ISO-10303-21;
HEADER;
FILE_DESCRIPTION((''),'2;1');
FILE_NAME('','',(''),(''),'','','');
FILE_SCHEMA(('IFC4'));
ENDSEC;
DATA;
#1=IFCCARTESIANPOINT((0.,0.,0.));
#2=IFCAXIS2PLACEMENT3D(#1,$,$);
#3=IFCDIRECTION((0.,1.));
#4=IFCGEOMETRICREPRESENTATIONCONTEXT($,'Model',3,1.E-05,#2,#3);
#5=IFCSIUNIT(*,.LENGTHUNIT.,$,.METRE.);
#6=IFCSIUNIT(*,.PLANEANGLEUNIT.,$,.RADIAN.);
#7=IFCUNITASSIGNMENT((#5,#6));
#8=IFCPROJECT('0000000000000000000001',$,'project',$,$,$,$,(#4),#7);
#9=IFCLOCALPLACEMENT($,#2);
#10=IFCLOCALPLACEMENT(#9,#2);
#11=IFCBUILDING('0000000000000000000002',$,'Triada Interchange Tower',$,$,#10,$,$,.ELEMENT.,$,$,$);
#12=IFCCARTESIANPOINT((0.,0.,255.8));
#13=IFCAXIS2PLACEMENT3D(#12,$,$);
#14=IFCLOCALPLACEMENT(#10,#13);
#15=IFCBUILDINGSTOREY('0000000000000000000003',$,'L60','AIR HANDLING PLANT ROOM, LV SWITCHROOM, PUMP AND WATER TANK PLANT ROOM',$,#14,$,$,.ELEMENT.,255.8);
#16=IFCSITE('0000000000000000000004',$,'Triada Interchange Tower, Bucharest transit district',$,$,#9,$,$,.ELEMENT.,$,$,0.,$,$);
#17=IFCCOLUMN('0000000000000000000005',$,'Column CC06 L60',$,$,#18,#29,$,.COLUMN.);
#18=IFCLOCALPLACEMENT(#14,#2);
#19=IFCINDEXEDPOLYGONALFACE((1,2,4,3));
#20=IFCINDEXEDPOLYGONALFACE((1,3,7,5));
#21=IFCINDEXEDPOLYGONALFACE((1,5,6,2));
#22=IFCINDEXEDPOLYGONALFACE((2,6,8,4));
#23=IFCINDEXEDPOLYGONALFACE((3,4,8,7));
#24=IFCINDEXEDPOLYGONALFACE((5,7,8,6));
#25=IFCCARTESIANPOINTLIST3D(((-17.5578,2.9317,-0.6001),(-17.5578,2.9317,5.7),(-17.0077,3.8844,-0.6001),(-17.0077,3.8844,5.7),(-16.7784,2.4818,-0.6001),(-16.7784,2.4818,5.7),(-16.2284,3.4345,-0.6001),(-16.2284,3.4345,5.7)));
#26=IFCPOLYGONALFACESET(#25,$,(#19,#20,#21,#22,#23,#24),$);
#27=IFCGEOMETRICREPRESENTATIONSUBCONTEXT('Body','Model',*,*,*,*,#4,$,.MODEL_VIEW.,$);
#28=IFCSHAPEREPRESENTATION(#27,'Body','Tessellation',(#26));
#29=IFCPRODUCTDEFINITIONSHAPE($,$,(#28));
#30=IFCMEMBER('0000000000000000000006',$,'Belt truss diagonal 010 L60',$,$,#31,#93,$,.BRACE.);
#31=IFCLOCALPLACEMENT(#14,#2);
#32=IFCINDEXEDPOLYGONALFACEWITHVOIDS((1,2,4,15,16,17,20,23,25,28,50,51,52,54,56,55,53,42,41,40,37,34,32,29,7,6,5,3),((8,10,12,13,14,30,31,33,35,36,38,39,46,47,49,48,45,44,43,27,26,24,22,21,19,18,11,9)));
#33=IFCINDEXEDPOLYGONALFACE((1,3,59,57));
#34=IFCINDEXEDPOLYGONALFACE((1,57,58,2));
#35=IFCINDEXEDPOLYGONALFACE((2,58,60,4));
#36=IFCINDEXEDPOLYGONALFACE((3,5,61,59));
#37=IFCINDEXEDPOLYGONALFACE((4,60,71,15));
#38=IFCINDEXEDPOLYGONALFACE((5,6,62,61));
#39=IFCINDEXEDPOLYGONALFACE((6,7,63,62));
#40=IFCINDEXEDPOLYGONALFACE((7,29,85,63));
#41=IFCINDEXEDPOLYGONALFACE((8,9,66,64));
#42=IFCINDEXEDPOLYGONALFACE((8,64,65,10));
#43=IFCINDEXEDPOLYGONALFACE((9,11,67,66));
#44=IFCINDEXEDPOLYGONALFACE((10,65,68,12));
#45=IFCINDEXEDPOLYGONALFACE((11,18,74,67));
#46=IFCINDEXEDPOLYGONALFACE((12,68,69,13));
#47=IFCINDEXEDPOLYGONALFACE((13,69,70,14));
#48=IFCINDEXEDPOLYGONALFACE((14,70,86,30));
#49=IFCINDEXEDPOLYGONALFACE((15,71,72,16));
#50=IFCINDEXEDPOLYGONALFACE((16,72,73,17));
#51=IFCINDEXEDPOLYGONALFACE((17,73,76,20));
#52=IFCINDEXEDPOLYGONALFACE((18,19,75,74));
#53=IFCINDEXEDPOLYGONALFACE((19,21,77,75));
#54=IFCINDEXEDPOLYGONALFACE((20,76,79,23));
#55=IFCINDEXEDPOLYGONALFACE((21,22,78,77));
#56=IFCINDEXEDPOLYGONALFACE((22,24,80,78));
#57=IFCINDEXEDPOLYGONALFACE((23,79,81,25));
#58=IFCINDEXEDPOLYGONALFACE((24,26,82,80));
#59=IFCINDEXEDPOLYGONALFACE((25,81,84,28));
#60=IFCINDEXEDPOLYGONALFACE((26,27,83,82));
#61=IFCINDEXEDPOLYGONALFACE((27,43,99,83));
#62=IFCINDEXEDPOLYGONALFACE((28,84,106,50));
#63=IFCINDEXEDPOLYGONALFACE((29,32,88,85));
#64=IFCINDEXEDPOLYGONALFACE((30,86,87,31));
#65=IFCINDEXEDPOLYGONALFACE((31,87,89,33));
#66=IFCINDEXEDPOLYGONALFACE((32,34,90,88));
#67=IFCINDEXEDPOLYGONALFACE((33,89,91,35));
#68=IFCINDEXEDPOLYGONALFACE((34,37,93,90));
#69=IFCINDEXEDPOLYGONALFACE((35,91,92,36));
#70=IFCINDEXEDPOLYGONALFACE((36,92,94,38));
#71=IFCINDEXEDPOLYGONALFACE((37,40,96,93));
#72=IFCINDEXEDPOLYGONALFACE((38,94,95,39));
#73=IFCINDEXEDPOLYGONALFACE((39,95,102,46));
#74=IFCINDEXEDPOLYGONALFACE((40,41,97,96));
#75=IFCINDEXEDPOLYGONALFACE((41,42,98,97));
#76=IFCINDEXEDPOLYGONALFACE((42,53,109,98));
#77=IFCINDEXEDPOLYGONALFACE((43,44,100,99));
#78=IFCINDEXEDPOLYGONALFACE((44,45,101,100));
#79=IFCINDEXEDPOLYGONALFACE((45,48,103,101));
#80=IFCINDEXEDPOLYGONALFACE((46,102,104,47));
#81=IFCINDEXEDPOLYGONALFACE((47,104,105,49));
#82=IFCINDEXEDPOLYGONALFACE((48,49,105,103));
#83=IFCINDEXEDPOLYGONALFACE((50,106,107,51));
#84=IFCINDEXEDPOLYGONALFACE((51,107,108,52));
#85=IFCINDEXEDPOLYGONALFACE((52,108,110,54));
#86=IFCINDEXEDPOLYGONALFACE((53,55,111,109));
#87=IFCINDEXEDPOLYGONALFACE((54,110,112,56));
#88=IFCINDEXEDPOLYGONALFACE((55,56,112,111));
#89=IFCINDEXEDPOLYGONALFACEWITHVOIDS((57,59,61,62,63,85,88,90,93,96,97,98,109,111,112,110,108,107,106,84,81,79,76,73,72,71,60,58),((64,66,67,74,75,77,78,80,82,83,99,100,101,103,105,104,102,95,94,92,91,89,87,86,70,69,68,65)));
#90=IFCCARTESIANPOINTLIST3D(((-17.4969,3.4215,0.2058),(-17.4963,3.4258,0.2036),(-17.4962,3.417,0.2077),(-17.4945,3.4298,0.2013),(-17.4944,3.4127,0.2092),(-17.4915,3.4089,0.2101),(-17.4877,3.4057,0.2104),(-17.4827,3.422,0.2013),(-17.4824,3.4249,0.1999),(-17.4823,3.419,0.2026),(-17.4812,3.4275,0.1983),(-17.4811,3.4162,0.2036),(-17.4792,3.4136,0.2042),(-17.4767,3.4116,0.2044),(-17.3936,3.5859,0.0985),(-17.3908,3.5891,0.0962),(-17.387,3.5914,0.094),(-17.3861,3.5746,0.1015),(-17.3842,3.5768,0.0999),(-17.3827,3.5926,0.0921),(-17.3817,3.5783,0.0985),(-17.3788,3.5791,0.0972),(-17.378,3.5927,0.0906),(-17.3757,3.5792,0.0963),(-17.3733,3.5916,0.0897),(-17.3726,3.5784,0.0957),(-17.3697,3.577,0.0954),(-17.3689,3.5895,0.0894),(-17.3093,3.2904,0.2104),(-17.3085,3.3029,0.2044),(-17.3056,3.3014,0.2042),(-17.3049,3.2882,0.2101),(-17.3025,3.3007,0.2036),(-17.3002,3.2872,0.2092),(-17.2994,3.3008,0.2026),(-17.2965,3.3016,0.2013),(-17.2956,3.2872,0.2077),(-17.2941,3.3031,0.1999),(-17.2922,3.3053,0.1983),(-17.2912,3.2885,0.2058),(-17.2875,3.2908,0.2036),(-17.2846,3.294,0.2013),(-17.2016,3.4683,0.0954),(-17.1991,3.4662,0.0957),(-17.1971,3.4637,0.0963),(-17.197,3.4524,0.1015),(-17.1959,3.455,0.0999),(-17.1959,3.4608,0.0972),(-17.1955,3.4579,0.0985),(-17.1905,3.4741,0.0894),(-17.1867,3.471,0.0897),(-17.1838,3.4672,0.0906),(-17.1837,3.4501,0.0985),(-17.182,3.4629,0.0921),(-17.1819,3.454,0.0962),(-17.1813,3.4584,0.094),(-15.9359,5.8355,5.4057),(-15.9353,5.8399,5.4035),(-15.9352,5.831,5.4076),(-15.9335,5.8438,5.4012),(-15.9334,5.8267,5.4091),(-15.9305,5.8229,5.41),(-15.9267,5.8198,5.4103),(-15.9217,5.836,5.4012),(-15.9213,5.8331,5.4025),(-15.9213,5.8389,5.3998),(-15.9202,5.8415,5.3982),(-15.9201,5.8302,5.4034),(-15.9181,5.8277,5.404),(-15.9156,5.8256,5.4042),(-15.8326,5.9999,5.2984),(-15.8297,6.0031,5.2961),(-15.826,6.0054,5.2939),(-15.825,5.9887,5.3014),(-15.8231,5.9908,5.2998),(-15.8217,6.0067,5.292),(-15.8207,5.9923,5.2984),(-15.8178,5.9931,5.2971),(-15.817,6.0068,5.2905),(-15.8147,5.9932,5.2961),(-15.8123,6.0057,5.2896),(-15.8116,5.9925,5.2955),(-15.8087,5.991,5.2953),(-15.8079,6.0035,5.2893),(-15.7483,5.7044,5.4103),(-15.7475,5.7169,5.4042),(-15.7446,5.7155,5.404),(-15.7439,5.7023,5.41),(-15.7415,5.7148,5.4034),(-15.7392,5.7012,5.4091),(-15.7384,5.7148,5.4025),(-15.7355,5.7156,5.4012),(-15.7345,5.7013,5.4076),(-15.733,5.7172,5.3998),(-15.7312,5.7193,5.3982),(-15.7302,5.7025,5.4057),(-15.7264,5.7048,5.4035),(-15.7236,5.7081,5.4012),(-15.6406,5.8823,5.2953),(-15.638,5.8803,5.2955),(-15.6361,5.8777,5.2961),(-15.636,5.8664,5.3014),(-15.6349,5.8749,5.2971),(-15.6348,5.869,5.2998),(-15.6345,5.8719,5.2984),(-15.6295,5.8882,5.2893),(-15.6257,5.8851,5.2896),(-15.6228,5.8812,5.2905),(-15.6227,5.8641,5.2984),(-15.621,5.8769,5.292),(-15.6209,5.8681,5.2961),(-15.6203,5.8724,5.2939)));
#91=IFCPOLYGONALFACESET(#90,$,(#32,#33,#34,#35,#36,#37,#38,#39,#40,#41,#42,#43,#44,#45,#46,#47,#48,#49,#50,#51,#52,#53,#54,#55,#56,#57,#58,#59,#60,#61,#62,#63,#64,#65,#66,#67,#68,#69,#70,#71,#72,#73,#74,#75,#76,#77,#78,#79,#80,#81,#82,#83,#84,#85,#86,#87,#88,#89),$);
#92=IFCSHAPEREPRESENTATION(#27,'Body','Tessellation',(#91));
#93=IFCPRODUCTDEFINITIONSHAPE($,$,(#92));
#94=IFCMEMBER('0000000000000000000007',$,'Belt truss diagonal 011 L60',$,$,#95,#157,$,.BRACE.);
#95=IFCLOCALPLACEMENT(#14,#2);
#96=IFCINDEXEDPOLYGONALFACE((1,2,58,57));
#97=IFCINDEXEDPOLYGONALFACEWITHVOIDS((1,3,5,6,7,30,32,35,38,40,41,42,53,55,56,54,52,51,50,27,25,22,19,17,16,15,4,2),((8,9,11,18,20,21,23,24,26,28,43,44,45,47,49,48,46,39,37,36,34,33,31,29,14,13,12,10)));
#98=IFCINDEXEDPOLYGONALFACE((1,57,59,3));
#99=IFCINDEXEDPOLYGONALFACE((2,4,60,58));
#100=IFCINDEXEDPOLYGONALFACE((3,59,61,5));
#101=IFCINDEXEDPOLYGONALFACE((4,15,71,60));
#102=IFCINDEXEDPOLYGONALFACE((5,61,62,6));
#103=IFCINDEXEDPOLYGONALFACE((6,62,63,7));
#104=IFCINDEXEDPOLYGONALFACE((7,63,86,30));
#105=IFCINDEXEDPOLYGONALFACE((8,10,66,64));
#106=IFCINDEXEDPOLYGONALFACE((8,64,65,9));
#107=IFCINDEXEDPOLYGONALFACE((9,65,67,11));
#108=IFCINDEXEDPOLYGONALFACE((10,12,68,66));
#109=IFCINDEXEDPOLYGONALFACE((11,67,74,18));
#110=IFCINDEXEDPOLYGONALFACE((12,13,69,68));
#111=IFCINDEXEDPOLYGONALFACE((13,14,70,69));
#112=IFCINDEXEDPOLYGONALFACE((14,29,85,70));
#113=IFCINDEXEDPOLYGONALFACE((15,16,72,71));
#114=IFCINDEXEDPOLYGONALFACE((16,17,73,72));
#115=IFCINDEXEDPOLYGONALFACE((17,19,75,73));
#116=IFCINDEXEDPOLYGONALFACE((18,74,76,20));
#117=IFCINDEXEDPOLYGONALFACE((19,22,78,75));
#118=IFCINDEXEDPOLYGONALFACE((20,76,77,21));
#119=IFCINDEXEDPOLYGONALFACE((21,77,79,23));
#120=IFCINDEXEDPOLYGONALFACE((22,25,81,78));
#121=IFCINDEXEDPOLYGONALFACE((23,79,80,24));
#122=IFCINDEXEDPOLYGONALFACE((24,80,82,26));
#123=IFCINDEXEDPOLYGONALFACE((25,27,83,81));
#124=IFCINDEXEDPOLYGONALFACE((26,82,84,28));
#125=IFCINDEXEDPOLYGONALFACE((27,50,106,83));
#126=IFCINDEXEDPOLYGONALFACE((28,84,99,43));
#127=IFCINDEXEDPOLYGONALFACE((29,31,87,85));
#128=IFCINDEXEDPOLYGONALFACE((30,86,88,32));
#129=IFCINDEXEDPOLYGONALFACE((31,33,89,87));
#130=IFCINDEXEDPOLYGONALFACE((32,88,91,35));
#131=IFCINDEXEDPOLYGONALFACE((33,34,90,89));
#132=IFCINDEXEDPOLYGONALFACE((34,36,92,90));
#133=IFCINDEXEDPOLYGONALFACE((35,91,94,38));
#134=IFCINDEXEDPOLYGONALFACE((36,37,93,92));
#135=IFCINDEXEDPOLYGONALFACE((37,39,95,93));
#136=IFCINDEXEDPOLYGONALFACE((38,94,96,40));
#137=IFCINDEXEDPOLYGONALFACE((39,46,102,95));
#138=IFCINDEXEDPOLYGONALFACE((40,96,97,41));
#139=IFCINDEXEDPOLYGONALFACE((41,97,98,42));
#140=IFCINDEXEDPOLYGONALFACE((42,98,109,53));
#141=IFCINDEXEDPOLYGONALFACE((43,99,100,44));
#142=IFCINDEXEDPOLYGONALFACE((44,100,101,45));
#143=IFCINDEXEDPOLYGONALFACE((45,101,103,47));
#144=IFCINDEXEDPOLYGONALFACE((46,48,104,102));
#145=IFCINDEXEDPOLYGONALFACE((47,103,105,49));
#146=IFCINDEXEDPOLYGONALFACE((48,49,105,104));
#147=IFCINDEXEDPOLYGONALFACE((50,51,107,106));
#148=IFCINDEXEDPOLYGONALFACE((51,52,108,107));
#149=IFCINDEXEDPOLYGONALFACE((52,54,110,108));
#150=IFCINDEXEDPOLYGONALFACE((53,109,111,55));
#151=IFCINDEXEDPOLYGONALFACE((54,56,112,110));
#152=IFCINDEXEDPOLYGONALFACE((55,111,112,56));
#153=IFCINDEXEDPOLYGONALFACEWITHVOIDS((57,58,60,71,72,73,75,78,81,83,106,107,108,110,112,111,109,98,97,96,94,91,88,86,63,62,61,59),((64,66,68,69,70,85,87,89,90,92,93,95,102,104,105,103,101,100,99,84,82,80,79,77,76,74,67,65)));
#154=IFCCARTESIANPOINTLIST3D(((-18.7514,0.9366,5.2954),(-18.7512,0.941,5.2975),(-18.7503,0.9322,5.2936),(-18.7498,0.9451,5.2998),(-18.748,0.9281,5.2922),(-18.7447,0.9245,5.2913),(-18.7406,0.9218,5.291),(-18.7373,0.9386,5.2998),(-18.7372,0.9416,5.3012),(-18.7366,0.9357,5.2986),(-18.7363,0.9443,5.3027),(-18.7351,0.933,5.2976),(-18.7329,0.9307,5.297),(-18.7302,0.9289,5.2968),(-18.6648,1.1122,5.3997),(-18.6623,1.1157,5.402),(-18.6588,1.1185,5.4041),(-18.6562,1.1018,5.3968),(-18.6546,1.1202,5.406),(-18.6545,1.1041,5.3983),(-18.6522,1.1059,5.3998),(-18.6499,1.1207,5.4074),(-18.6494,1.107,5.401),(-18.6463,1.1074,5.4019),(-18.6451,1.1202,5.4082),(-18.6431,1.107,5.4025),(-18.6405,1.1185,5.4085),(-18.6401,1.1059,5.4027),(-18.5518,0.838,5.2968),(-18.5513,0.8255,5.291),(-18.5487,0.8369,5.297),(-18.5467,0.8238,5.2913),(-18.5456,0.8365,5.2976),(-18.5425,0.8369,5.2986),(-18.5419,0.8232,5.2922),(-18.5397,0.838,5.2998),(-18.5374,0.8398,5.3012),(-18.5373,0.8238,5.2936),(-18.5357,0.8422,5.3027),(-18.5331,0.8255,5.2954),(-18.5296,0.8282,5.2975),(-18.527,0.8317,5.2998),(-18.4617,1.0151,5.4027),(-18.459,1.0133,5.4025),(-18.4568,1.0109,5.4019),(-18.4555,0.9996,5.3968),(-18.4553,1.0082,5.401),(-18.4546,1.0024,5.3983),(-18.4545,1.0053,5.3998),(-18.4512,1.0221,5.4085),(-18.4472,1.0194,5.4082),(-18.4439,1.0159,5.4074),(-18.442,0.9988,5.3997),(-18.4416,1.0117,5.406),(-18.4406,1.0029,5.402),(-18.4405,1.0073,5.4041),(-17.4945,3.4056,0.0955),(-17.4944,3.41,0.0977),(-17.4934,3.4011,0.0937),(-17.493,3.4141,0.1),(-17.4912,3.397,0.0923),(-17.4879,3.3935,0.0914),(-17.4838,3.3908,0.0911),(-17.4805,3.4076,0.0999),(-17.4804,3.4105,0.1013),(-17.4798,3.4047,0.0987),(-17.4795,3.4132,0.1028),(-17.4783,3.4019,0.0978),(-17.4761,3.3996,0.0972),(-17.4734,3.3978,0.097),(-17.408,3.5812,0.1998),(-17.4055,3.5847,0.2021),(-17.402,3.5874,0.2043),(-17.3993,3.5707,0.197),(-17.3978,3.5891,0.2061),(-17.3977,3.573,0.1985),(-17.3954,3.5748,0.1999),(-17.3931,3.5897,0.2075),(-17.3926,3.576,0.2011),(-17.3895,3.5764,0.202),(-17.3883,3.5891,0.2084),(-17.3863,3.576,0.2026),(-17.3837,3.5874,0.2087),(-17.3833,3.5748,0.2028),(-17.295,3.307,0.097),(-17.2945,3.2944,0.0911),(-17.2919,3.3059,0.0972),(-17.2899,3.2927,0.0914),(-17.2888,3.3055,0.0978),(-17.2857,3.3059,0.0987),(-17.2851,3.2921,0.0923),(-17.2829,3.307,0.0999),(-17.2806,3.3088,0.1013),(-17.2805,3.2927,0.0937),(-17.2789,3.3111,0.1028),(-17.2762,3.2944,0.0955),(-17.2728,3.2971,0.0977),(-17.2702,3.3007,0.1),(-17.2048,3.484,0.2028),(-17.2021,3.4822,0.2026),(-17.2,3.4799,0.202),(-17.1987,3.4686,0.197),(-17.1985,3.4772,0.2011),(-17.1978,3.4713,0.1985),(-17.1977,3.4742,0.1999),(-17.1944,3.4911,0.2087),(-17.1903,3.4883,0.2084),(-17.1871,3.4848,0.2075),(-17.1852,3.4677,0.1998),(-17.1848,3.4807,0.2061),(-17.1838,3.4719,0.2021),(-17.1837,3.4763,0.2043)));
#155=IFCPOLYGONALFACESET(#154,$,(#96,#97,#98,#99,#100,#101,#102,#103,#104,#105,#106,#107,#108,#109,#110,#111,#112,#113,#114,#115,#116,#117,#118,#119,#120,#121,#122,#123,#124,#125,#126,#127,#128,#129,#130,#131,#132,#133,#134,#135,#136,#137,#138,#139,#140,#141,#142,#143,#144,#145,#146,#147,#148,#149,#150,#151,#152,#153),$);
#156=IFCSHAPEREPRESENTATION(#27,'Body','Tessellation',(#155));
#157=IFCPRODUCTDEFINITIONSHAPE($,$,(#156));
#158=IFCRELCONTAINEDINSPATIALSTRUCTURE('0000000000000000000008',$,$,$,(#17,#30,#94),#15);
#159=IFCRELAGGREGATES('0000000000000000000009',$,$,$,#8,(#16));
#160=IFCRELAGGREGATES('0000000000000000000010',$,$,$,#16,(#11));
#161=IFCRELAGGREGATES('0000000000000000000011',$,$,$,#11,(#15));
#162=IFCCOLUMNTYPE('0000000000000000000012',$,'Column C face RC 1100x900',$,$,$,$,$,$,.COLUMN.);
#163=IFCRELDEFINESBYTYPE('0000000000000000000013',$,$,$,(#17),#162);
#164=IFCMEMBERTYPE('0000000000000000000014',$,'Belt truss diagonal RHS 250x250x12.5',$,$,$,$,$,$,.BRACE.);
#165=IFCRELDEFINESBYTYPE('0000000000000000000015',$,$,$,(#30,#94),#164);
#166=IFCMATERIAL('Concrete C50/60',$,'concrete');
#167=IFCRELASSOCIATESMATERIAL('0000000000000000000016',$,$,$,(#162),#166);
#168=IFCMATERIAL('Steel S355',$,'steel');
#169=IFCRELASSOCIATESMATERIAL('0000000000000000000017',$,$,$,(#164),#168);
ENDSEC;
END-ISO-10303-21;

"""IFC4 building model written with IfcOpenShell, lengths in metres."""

from ifc_helpers import new_model, si_unit, direction, frame, origin, origin_2d, place, context, subcontext, project, spatial, rectangle, hollow_rectangle, extrude, material, material_profile, profile_set, type_object, element, save


model = new_model("IFC4")

# Units and contexts
model_context = context("Model", 3, precision=1e-05, world=origin(), true_north=direction((0.0, 1.0)))
body_context = subcontext(model_context, "Body", "Model", "MODEL_VIEW")
ifc_project = project(units=[si_unit("LENGTHUNIT", "METRE"), si_unit("PLANEANGLEUNIT", "RADIAN")], contexts=[model_context])

# Site, building, storey
site_placement = place(None, origin())
site = spatial("IfcSite", under=ifc_project, at=site_placement, Name="Triada Interchange Tower, Bucharest transit district", CompositionType="ELEMENT", RefElevation=0.0)
building_placement = place(site_placement, origin())
building = spatial("IfcBuilding", under=site, at=building_placement, Name="Triada Interchange Tower", CompositionType="ELEMENT")
storey_placement = place(building_placement, frame((0.0, 0.0, 255.8)))
storey = spatial("IfcBuildingStorey", under=building, at=storey_placement, Name="L60", Description="AIR HANDLING PLANT ROOM, LV SWITCHROOM, PUMP AND WATER TANK PLANT ROOM", CompositionType="ELEMENT", Elevation=255.8)

# Column
ifc_material_1 = material(Name="Concrete C50/60", Category="concrete")
ifc_material_profile_1 = material_profile(ifc_material_1, rectangle(XDim=1.1001, YDim=0.8999, at=origin_2d()), Name="RC 1100x900")
ifc_profile_set_1 = profile_set([ifc_material_profile_1], Name="Concrete C50/60")
column_type = type_object("IfcColumnType", Name="Column C face RC 1100x900", PredefinedType="COLUMN", material=ifc_profile_set_1)
column_placement = place(storey_placement, frame((-16.8931, 3.1831, -0.6001), z_axis=(0.0, 0.0, 1.0), x_axis=(0.5, 0.866025, 0.0)))
element("IfcColumn", 1, at=column_placement, inside=storey, type_object=column_type, Name="Column CC06 L60", PredefinedType="COLUMN", context=body_context, shape_type="SweptSolid", body=[
    extrude(rectangle(XDim=1.1001, YDim=0.8999, at=origin_2d()), origin(), (0.0, 0.0, 1.0), 6.3),
])

# Members
ifc_material_2 = material(Name="Steel S355", Category="steel")
ifc_material_profile_2 = material_profile(ifc_material_2, hollow_rectangle(XDim=0.25, YDim=0.25, WallThickness=0.0125, InnerFilletRadius=0.0125, OuterFilletRadius=0.0188, at=origin_2d()), Name="RHS 250x250x12.5")
ifc_profile_set_2 = profile_set([ifc_material_profile_2], Name="Steel S355")
member_type_1 = type_object("IfcMemberType", Name="Belt truss diagonal RHS 250x250x12.5", PredefinedType="BRACE", material=ifc_profile_set_2)
member_1_placement = place(storey_placement, frame((-17.3391, 3.4399, 0.1499), z_axis=(0.262725, 0.40629, 0.875159), x_axis=(-0.83973, 0.543005, 0.0)))
element("IfcMember", 2, at=member_1_placement, inside=storey, type_object=member_type_1, Name="Belt truss diagonal 010 L60", PredefinedType="BRACE", context=body_context, shape_type="SweptSolid", body=[
    extrude(hollow_rectangle(XDim=0.25, YDim=0.25, WallThickness=0.0125, InnerFilletRadius=0.0125, OuterFilletRadius=0.0188, at=origin_2d()), origin(), (0.0, 0.0, 1.0), 5.9417),
])
member_2_placement = place(storey_placement, frame((-17.3391, 3.4409, 0.1499), z_axis=(-0.213314, -0.419045, 0.882552), x_axis=(0.891179, -0.453653, 0.0)))
element("IfcMember", 3, at=member_2_placement, inside=storey, type_object=member_type_1, Name="Belt truss diagonal 011 L60", PredefinedType="BRACE", context=body_context, shape_type="SweptSolid", body=[
    extrude(hollow_rectangle(XDim=0.25, YDim=0.25, WallThickness=0.0125, InnerFilletRadius=0.0125, OuterFilletRadius=0.0188, at=origin_2d()), origin(), (0.0, 0.0, 1.0), 5.8918),
])

save(model, "model.ifc")
